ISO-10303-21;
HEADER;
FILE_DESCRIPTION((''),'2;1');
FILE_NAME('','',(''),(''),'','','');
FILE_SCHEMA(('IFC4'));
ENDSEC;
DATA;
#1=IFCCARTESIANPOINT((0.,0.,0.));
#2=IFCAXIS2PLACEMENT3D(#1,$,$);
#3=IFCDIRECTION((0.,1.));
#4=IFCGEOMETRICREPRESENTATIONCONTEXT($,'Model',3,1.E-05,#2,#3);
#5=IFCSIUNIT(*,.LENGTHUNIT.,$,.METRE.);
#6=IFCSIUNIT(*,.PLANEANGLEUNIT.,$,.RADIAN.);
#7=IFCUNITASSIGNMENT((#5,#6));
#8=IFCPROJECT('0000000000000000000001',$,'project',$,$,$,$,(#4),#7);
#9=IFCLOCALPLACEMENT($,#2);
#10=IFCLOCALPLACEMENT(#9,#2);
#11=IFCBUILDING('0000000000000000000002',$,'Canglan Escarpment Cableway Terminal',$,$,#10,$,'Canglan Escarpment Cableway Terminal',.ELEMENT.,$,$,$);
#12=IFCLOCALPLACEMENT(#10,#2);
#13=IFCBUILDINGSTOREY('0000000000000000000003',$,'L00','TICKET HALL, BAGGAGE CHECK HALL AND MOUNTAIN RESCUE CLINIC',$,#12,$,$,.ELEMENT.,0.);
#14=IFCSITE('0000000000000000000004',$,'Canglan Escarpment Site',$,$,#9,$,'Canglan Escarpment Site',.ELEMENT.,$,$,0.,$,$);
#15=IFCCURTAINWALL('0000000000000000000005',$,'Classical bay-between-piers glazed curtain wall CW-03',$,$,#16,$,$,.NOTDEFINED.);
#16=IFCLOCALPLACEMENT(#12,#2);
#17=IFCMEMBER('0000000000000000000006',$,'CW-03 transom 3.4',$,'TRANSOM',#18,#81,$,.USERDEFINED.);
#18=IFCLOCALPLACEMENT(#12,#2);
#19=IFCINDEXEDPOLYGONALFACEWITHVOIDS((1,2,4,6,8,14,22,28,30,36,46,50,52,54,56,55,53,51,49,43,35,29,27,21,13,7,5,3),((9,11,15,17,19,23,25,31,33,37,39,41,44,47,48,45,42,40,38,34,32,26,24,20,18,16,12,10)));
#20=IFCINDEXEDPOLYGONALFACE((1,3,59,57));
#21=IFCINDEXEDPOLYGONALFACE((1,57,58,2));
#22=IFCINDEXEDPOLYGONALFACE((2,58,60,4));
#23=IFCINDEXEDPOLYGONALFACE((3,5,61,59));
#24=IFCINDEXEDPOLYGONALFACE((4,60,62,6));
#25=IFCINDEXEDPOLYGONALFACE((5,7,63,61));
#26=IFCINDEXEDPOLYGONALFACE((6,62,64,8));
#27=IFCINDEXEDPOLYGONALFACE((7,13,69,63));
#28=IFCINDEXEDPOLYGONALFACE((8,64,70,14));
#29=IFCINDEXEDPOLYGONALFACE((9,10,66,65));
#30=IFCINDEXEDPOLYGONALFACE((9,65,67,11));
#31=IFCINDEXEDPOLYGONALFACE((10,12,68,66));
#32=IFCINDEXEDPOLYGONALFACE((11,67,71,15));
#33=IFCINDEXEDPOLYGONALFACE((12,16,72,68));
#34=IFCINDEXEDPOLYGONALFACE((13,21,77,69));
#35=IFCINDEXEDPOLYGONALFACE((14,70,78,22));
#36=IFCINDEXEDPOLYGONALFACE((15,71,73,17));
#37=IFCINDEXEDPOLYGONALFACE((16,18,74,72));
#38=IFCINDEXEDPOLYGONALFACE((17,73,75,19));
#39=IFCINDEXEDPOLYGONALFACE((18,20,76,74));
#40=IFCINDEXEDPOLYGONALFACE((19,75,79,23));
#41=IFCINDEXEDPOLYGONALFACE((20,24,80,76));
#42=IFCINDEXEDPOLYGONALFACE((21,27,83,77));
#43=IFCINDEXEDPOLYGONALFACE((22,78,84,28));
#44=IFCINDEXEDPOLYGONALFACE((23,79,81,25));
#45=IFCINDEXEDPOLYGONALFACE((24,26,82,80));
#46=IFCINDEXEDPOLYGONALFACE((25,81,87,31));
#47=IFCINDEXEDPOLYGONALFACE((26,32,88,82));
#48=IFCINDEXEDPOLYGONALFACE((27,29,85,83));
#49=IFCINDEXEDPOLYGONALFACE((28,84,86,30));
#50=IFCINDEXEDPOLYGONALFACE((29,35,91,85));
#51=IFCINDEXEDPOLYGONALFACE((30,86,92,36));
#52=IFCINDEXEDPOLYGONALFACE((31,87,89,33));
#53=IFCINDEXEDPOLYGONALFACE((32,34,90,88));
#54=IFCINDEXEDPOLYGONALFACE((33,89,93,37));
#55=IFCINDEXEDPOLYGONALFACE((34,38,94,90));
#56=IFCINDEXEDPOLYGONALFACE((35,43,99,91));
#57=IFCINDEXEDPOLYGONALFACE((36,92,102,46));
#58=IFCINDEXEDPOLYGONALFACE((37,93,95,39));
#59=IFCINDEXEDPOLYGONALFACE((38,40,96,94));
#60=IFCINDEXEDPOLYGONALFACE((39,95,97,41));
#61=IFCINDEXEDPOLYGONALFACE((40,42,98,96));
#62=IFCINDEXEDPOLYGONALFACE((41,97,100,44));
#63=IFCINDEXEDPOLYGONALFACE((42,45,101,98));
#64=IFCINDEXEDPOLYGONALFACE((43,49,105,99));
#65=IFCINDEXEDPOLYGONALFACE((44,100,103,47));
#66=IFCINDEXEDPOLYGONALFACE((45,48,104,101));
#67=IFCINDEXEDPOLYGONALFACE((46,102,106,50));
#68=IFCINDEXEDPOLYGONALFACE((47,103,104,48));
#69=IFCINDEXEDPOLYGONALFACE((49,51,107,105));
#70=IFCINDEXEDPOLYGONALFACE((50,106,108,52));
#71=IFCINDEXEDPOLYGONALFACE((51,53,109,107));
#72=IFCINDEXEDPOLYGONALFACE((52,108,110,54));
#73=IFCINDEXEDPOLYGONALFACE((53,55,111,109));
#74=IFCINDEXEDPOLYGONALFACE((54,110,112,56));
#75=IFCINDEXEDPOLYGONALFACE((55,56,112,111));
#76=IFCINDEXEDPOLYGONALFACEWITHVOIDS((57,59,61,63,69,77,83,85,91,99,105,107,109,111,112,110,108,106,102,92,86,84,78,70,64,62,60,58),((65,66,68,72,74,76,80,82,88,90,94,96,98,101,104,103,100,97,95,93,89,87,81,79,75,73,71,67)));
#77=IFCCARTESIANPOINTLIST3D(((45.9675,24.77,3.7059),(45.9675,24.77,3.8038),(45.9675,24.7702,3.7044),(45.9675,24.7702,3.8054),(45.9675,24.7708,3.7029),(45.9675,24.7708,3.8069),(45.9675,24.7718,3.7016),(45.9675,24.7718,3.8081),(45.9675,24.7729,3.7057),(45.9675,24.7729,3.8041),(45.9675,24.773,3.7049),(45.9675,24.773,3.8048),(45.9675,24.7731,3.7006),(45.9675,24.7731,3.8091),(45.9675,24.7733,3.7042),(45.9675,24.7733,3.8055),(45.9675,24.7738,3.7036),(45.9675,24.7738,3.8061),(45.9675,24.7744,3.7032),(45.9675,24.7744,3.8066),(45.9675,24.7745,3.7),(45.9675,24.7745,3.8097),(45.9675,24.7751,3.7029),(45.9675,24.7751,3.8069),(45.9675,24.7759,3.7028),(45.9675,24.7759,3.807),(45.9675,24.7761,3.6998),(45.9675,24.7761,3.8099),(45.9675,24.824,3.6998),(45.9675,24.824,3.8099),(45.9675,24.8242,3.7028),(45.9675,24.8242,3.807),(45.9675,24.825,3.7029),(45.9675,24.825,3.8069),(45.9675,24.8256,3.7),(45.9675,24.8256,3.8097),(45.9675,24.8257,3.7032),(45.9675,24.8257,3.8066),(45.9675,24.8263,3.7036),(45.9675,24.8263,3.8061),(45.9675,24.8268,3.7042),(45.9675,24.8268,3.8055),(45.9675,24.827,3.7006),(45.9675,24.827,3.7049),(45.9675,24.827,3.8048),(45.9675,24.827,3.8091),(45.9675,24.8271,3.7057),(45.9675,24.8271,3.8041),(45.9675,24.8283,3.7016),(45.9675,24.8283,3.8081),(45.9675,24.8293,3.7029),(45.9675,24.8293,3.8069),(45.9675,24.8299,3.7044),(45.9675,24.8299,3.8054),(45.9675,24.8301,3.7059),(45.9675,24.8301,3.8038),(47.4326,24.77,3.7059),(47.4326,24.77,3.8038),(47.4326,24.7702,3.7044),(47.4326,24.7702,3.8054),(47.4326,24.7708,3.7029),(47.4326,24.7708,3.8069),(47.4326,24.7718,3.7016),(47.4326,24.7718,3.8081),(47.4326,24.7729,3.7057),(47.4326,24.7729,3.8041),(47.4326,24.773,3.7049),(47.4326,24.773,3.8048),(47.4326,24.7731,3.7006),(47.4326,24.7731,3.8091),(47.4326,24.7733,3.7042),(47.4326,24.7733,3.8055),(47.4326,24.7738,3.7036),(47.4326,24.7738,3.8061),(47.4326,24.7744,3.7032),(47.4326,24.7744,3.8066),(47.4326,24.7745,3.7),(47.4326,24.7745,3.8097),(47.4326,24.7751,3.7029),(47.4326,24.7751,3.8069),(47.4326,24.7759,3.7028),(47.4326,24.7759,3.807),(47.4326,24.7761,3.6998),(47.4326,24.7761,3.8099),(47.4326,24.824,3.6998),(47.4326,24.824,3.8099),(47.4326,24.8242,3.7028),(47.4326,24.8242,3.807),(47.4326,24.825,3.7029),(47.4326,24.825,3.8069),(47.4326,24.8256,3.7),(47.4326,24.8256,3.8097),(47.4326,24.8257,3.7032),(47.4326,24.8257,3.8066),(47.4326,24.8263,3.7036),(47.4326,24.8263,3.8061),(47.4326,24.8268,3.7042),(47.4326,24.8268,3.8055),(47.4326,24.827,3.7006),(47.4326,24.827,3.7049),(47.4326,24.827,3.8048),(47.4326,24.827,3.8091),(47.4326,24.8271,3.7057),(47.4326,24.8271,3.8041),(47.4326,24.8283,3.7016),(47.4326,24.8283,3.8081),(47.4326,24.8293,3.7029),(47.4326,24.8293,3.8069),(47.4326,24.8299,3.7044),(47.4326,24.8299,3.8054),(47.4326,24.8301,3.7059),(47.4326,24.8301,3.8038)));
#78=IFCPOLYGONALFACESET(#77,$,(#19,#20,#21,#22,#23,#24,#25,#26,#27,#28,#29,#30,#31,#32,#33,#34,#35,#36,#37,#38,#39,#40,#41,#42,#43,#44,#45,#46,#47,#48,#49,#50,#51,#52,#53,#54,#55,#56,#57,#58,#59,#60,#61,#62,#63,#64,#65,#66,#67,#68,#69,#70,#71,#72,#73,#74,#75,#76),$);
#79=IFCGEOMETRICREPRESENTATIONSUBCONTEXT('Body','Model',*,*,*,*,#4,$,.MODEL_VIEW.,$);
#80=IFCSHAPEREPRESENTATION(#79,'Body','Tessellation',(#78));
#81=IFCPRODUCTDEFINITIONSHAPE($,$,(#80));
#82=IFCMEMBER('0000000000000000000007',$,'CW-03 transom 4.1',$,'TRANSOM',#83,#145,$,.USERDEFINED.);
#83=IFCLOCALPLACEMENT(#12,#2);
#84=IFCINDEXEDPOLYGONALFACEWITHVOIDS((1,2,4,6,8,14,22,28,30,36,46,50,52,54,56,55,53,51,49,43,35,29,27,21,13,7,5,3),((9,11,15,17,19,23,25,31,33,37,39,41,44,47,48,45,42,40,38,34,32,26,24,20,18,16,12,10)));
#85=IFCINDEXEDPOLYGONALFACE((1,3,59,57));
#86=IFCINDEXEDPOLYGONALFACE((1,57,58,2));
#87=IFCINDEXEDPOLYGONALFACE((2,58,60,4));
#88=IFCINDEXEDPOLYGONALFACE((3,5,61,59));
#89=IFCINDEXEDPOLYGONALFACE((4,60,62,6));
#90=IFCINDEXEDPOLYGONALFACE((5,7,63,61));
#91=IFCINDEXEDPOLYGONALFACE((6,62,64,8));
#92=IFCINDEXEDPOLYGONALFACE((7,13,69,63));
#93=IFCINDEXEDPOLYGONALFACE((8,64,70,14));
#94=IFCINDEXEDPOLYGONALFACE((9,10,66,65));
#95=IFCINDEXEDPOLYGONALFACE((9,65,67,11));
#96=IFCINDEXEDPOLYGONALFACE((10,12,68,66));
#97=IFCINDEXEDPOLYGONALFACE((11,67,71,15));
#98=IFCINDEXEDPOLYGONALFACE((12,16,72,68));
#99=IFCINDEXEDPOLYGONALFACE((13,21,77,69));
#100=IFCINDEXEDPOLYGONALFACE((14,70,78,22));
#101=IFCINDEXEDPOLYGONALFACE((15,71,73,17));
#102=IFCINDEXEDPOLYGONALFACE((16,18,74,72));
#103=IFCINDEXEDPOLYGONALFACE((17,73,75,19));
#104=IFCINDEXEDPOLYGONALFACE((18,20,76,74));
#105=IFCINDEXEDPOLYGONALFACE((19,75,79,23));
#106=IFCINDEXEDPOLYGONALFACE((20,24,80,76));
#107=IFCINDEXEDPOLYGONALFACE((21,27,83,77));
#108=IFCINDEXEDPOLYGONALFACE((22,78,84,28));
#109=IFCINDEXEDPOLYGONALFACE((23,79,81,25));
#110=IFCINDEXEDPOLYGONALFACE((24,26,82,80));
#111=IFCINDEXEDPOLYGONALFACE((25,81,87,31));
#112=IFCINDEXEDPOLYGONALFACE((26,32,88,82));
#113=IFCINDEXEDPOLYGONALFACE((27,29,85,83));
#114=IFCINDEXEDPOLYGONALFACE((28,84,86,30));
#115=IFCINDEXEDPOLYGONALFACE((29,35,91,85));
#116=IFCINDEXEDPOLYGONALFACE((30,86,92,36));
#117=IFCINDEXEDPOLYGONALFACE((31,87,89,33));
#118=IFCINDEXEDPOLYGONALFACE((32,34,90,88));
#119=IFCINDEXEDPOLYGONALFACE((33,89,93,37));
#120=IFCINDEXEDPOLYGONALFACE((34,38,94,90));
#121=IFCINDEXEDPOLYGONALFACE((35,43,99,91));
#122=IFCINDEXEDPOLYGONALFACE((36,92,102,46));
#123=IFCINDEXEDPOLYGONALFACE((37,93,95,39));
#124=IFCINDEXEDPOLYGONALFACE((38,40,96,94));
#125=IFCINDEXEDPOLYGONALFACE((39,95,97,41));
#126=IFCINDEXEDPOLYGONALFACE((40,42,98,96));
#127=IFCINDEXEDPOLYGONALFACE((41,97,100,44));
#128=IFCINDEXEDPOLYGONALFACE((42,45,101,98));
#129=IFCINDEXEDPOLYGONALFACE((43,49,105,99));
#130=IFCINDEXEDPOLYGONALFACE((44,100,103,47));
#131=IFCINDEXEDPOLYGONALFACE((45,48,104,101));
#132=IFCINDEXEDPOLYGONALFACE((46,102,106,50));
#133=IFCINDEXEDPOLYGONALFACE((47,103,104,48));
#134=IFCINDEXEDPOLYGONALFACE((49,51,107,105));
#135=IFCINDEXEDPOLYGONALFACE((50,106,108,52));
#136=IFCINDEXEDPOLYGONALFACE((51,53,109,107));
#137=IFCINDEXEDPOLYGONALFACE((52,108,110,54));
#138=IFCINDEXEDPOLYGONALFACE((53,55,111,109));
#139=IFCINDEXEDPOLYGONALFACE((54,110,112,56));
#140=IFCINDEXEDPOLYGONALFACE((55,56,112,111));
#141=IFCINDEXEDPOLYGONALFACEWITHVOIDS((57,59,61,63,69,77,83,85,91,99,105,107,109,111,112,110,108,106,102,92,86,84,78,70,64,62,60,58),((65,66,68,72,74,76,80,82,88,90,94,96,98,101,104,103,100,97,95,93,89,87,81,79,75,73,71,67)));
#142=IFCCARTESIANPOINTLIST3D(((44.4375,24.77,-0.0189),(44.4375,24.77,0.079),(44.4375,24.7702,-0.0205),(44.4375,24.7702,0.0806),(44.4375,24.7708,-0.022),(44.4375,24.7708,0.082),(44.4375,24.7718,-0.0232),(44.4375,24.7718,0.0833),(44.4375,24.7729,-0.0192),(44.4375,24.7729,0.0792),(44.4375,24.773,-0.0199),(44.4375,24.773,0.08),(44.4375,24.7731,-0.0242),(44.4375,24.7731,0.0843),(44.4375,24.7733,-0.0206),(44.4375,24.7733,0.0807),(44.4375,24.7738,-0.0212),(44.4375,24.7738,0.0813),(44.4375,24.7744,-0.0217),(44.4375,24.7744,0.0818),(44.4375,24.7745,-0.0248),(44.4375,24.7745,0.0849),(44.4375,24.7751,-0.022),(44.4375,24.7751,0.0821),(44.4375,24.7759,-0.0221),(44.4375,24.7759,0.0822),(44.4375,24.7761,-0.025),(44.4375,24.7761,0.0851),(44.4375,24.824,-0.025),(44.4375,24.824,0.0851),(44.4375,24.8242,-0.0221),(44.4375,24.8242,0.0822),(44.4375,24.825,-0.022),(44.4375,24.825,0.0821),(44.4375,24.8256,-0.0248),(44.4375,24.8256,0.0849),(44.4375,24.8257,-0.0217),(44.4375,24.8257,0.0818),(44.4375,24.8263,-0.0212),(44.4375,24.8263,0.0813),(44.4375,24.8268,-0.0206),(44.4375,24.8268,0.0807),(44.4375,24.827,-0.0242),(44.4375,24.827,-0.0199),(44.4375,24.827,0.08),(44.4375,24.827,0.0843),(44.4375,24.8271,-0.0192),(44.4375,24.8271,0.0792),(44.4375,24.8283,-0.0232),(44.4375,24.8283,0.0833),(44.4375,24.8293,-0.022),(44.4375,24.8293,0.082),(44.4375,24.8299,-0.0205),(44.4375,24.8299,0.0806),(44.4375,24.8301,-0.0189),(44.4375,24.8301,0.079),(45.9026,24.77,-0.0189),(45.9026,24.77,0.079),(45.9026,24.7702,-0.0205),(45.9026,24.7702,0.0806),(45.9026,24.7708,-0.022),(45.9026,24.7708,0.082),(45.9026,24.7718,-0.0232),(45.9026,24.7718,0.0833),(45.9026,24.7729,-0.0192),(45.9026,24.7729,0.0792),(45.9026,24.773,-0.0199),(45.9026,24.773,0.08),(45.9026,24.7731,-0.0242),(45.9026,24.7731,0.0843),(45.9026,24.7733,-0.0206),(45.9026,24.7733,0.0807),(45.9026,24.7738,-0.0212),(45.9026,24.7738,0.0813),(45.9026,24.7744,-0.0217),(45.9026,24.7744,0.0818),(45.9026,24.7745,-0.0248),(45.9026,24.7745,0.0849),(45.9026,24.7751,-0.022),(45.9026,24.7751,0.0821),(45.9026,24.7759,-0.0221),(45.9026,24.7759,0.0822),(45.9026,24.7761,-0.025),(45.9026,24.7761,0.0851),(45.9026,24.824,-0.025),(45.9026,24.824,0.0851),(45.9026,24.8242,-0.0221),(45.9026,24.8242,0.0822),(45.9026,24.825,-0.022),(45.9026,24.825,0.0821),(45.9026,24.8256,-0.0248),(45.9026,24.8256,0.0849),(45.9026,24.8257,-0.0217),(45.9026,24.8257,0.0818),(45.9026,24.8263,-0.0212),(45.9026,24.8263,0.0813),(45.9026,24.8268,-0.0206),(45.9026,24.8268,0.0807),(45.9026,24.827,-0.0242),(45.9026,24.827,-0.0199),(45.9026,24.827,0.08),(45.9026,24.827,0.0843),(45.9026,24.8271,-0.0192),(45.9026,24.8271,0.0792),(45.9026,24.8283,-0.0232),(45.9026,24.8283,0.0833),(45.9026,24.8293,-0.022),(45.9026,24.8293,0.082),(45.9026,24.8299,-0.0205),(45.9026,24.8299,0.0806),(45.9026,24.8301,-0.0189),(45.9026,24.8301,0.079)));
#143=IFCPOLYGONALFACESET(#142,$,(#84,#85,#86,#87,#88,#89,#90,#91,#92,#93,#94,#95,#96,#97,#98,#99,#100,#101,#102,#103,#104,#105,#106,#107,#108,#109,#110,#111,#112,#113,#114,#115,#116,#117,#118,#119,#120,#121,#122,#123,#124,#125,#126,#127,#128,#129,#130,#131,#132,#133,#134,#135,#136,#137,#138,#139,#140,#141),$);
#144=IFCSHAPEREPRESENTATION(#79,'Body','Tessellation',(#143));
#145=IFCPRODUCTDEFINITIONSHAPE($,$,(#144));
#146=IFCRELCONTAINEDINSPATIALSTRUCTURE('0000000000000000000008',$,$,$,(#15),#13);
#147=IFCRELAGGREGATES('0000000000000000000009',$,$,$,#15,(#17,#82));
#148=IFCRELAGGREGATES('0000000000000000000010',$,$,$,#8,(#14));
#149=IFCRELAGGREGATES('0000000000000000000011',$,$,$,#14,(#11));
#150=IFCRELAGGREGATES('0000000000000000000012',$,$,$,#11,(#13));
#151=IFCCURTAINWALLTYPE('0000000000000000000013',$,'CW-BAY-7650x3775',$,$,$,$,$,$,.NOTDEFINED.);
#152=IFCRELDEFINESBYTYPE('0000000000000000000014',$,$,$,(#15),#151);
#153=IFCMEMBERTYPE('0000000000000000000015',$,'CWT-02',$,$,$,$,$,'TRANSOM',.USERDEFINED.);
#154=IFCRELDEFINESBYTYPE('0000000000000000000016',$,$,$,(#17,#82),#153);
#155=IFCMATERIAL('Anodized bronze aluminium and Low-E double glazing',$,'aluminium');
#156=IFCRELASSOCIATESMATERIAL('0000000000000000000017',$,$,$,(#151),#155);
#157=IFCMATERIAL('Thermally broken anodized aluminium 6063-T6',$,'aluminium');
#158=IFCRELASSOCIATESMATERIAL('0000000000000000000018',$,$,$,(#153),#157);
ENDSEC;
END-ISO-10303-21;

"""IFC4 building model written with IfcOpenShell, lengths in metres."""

from ifc_helpers import new_model, si_unit, direction, frame, origin, origin_2d, place, context, subcontext, project, spatial, hollow_rectangle, extrude, material, material_profile, profile_set, type_object, element, aggregate, save


model = new_model("IFC4")

# Units and contexts
model_context = context("Model", 3, precision=1e-05, world=origin(), true_north=direction((0.0, 1.0)))
body_context = subcontext(model_context, "Body", "Model", "MODEL_VIEW")
ifc_project = project(units=[si_unit("LENGTHUNIT", "METRE"), si_unit("PLANEANGLEUNIT", "RADIAN")], contexts=[model_context])

# Site, building, storey
site_placement = place(None, origin())
site = spatial("IfcSite", under=ifc_project, at=site_placement, Name="Canglan Escarpment Site", LongName="Canglan Escarpment Site", CompositionType="ELEMENT", RefElevation=0.0)
building_placement = place(site_placement, origin())
building = spatial("IfcBuilding", under=site, at=building_placement, Name="Canglan Escarpment Cableway Terminal", LongName="Canglan Escarpment Cableway Terminal", CompositionType="ELEMENT")
storey_placement = place(building_placement, origin())
storey = spatial("IfcBuildingStorey", under=building, at=storey_placement, Name="L00", Description="TICKET HALL, BAGGAGE CHECK HALL AND MOUNTAIN RESCUE CLINIC", CompositionType="ELEMENT", Elevation=0.0)

# Curtain wall, members
ifc_material_1 = material(Name="Anodized bronze aluminium and Low-E double glazing", Category="aluminium")
curtain_wall_type = type_object("IfcCurtainWallType", Name="CW-BAY-7650x3775", PredefinedType="NOTDEFINED", material=ifc_material_1)
curtain_wall_placement = place(storey_placement, origin())
curtain_wall = element("IfcCurtainWall", 1, at=curtain_wall_placement, inside=storey, type_object=curtain_wall_type, Name="Classical bay-between-piers glazed curtain wall CW-03", PredefinedType="NOTDEFINED")
ifc_material_2 = material(Name="Thermally broken anodized aluminium 6063-T6", Category="aluminium")
ifc_material_profile_1 = material_profile(ifc_material_2, hollow_rectangle(XDim=0.0601, YDim=0.1101, WallThickness=0.0029, InnerFilletRadius=0.0029, OuterFilletRadius=0.0061, at=origin_2d()), Name="ALU-TRAN 60x110x3")
ifc_profile_set_1 = profile_set([ifc_material_profile_1], Name="Thermally broken anodized aluminium 6063-T6")
member_type_1 = type_object("IfcMemberType", Name="CWT-02", ElementType="TRANSOM", PredefinedType="USERDEFINED", material=ifc_profile_set_1)
member_1_placement = place(storey_placement, frame((47.4326, 24.8, 3.7549), z_axis=(-1.0, 0.0, 0.0), x_axis=(0.0, -1.0, 0.0)))
member_1 = element("IfcMember", 2, at=member_1_placement, type_object=member_type_1, Name="CW-03 transom 3.4", ObjectType="TRANSOM", PredefinedType="USERDEFINED", context=body_context, shape_type="SweptSolid", body=[
    extrude(hollow_rectangle(XDim=0.0601, YDim=0.1101, WallThickness=0.0029, InnerFilletRadius=0.0029, OuterFilletRadius=0.0061, at=origin_2d()), origin(), (0.0, 0.0, 1.0), 1.4651),
])
member_2_placement = place(storey_placement, frame((45.9026, 24.8, 0.03), z_axis=(-1.0, 0.0, 0.0), x_axis=(0.0, -1.0, 0.0)))
member_2 = element("IfcMember", 3, at=member_2_placement, type_object=member_type_1, Name="CW-03 transom 4.1", ObjectType="TRANSOM", PredefinedType="USERDEFINED", context=body_context, shape_type="SweptSolid", body=[
    extrude(hollow_rectangle(XDim=0.0601, YDim=0.1101, WallThickness=0.0029, InnerFilletRadius=0.0029, OuterFilletRadius=0.0061, at=origin_2d()), origin(), (0.0, 0.0, 1.0), 1.4651),
])
aggregate(curtain_wall, [member_1, member_2])

save(model, "model.ifc")
